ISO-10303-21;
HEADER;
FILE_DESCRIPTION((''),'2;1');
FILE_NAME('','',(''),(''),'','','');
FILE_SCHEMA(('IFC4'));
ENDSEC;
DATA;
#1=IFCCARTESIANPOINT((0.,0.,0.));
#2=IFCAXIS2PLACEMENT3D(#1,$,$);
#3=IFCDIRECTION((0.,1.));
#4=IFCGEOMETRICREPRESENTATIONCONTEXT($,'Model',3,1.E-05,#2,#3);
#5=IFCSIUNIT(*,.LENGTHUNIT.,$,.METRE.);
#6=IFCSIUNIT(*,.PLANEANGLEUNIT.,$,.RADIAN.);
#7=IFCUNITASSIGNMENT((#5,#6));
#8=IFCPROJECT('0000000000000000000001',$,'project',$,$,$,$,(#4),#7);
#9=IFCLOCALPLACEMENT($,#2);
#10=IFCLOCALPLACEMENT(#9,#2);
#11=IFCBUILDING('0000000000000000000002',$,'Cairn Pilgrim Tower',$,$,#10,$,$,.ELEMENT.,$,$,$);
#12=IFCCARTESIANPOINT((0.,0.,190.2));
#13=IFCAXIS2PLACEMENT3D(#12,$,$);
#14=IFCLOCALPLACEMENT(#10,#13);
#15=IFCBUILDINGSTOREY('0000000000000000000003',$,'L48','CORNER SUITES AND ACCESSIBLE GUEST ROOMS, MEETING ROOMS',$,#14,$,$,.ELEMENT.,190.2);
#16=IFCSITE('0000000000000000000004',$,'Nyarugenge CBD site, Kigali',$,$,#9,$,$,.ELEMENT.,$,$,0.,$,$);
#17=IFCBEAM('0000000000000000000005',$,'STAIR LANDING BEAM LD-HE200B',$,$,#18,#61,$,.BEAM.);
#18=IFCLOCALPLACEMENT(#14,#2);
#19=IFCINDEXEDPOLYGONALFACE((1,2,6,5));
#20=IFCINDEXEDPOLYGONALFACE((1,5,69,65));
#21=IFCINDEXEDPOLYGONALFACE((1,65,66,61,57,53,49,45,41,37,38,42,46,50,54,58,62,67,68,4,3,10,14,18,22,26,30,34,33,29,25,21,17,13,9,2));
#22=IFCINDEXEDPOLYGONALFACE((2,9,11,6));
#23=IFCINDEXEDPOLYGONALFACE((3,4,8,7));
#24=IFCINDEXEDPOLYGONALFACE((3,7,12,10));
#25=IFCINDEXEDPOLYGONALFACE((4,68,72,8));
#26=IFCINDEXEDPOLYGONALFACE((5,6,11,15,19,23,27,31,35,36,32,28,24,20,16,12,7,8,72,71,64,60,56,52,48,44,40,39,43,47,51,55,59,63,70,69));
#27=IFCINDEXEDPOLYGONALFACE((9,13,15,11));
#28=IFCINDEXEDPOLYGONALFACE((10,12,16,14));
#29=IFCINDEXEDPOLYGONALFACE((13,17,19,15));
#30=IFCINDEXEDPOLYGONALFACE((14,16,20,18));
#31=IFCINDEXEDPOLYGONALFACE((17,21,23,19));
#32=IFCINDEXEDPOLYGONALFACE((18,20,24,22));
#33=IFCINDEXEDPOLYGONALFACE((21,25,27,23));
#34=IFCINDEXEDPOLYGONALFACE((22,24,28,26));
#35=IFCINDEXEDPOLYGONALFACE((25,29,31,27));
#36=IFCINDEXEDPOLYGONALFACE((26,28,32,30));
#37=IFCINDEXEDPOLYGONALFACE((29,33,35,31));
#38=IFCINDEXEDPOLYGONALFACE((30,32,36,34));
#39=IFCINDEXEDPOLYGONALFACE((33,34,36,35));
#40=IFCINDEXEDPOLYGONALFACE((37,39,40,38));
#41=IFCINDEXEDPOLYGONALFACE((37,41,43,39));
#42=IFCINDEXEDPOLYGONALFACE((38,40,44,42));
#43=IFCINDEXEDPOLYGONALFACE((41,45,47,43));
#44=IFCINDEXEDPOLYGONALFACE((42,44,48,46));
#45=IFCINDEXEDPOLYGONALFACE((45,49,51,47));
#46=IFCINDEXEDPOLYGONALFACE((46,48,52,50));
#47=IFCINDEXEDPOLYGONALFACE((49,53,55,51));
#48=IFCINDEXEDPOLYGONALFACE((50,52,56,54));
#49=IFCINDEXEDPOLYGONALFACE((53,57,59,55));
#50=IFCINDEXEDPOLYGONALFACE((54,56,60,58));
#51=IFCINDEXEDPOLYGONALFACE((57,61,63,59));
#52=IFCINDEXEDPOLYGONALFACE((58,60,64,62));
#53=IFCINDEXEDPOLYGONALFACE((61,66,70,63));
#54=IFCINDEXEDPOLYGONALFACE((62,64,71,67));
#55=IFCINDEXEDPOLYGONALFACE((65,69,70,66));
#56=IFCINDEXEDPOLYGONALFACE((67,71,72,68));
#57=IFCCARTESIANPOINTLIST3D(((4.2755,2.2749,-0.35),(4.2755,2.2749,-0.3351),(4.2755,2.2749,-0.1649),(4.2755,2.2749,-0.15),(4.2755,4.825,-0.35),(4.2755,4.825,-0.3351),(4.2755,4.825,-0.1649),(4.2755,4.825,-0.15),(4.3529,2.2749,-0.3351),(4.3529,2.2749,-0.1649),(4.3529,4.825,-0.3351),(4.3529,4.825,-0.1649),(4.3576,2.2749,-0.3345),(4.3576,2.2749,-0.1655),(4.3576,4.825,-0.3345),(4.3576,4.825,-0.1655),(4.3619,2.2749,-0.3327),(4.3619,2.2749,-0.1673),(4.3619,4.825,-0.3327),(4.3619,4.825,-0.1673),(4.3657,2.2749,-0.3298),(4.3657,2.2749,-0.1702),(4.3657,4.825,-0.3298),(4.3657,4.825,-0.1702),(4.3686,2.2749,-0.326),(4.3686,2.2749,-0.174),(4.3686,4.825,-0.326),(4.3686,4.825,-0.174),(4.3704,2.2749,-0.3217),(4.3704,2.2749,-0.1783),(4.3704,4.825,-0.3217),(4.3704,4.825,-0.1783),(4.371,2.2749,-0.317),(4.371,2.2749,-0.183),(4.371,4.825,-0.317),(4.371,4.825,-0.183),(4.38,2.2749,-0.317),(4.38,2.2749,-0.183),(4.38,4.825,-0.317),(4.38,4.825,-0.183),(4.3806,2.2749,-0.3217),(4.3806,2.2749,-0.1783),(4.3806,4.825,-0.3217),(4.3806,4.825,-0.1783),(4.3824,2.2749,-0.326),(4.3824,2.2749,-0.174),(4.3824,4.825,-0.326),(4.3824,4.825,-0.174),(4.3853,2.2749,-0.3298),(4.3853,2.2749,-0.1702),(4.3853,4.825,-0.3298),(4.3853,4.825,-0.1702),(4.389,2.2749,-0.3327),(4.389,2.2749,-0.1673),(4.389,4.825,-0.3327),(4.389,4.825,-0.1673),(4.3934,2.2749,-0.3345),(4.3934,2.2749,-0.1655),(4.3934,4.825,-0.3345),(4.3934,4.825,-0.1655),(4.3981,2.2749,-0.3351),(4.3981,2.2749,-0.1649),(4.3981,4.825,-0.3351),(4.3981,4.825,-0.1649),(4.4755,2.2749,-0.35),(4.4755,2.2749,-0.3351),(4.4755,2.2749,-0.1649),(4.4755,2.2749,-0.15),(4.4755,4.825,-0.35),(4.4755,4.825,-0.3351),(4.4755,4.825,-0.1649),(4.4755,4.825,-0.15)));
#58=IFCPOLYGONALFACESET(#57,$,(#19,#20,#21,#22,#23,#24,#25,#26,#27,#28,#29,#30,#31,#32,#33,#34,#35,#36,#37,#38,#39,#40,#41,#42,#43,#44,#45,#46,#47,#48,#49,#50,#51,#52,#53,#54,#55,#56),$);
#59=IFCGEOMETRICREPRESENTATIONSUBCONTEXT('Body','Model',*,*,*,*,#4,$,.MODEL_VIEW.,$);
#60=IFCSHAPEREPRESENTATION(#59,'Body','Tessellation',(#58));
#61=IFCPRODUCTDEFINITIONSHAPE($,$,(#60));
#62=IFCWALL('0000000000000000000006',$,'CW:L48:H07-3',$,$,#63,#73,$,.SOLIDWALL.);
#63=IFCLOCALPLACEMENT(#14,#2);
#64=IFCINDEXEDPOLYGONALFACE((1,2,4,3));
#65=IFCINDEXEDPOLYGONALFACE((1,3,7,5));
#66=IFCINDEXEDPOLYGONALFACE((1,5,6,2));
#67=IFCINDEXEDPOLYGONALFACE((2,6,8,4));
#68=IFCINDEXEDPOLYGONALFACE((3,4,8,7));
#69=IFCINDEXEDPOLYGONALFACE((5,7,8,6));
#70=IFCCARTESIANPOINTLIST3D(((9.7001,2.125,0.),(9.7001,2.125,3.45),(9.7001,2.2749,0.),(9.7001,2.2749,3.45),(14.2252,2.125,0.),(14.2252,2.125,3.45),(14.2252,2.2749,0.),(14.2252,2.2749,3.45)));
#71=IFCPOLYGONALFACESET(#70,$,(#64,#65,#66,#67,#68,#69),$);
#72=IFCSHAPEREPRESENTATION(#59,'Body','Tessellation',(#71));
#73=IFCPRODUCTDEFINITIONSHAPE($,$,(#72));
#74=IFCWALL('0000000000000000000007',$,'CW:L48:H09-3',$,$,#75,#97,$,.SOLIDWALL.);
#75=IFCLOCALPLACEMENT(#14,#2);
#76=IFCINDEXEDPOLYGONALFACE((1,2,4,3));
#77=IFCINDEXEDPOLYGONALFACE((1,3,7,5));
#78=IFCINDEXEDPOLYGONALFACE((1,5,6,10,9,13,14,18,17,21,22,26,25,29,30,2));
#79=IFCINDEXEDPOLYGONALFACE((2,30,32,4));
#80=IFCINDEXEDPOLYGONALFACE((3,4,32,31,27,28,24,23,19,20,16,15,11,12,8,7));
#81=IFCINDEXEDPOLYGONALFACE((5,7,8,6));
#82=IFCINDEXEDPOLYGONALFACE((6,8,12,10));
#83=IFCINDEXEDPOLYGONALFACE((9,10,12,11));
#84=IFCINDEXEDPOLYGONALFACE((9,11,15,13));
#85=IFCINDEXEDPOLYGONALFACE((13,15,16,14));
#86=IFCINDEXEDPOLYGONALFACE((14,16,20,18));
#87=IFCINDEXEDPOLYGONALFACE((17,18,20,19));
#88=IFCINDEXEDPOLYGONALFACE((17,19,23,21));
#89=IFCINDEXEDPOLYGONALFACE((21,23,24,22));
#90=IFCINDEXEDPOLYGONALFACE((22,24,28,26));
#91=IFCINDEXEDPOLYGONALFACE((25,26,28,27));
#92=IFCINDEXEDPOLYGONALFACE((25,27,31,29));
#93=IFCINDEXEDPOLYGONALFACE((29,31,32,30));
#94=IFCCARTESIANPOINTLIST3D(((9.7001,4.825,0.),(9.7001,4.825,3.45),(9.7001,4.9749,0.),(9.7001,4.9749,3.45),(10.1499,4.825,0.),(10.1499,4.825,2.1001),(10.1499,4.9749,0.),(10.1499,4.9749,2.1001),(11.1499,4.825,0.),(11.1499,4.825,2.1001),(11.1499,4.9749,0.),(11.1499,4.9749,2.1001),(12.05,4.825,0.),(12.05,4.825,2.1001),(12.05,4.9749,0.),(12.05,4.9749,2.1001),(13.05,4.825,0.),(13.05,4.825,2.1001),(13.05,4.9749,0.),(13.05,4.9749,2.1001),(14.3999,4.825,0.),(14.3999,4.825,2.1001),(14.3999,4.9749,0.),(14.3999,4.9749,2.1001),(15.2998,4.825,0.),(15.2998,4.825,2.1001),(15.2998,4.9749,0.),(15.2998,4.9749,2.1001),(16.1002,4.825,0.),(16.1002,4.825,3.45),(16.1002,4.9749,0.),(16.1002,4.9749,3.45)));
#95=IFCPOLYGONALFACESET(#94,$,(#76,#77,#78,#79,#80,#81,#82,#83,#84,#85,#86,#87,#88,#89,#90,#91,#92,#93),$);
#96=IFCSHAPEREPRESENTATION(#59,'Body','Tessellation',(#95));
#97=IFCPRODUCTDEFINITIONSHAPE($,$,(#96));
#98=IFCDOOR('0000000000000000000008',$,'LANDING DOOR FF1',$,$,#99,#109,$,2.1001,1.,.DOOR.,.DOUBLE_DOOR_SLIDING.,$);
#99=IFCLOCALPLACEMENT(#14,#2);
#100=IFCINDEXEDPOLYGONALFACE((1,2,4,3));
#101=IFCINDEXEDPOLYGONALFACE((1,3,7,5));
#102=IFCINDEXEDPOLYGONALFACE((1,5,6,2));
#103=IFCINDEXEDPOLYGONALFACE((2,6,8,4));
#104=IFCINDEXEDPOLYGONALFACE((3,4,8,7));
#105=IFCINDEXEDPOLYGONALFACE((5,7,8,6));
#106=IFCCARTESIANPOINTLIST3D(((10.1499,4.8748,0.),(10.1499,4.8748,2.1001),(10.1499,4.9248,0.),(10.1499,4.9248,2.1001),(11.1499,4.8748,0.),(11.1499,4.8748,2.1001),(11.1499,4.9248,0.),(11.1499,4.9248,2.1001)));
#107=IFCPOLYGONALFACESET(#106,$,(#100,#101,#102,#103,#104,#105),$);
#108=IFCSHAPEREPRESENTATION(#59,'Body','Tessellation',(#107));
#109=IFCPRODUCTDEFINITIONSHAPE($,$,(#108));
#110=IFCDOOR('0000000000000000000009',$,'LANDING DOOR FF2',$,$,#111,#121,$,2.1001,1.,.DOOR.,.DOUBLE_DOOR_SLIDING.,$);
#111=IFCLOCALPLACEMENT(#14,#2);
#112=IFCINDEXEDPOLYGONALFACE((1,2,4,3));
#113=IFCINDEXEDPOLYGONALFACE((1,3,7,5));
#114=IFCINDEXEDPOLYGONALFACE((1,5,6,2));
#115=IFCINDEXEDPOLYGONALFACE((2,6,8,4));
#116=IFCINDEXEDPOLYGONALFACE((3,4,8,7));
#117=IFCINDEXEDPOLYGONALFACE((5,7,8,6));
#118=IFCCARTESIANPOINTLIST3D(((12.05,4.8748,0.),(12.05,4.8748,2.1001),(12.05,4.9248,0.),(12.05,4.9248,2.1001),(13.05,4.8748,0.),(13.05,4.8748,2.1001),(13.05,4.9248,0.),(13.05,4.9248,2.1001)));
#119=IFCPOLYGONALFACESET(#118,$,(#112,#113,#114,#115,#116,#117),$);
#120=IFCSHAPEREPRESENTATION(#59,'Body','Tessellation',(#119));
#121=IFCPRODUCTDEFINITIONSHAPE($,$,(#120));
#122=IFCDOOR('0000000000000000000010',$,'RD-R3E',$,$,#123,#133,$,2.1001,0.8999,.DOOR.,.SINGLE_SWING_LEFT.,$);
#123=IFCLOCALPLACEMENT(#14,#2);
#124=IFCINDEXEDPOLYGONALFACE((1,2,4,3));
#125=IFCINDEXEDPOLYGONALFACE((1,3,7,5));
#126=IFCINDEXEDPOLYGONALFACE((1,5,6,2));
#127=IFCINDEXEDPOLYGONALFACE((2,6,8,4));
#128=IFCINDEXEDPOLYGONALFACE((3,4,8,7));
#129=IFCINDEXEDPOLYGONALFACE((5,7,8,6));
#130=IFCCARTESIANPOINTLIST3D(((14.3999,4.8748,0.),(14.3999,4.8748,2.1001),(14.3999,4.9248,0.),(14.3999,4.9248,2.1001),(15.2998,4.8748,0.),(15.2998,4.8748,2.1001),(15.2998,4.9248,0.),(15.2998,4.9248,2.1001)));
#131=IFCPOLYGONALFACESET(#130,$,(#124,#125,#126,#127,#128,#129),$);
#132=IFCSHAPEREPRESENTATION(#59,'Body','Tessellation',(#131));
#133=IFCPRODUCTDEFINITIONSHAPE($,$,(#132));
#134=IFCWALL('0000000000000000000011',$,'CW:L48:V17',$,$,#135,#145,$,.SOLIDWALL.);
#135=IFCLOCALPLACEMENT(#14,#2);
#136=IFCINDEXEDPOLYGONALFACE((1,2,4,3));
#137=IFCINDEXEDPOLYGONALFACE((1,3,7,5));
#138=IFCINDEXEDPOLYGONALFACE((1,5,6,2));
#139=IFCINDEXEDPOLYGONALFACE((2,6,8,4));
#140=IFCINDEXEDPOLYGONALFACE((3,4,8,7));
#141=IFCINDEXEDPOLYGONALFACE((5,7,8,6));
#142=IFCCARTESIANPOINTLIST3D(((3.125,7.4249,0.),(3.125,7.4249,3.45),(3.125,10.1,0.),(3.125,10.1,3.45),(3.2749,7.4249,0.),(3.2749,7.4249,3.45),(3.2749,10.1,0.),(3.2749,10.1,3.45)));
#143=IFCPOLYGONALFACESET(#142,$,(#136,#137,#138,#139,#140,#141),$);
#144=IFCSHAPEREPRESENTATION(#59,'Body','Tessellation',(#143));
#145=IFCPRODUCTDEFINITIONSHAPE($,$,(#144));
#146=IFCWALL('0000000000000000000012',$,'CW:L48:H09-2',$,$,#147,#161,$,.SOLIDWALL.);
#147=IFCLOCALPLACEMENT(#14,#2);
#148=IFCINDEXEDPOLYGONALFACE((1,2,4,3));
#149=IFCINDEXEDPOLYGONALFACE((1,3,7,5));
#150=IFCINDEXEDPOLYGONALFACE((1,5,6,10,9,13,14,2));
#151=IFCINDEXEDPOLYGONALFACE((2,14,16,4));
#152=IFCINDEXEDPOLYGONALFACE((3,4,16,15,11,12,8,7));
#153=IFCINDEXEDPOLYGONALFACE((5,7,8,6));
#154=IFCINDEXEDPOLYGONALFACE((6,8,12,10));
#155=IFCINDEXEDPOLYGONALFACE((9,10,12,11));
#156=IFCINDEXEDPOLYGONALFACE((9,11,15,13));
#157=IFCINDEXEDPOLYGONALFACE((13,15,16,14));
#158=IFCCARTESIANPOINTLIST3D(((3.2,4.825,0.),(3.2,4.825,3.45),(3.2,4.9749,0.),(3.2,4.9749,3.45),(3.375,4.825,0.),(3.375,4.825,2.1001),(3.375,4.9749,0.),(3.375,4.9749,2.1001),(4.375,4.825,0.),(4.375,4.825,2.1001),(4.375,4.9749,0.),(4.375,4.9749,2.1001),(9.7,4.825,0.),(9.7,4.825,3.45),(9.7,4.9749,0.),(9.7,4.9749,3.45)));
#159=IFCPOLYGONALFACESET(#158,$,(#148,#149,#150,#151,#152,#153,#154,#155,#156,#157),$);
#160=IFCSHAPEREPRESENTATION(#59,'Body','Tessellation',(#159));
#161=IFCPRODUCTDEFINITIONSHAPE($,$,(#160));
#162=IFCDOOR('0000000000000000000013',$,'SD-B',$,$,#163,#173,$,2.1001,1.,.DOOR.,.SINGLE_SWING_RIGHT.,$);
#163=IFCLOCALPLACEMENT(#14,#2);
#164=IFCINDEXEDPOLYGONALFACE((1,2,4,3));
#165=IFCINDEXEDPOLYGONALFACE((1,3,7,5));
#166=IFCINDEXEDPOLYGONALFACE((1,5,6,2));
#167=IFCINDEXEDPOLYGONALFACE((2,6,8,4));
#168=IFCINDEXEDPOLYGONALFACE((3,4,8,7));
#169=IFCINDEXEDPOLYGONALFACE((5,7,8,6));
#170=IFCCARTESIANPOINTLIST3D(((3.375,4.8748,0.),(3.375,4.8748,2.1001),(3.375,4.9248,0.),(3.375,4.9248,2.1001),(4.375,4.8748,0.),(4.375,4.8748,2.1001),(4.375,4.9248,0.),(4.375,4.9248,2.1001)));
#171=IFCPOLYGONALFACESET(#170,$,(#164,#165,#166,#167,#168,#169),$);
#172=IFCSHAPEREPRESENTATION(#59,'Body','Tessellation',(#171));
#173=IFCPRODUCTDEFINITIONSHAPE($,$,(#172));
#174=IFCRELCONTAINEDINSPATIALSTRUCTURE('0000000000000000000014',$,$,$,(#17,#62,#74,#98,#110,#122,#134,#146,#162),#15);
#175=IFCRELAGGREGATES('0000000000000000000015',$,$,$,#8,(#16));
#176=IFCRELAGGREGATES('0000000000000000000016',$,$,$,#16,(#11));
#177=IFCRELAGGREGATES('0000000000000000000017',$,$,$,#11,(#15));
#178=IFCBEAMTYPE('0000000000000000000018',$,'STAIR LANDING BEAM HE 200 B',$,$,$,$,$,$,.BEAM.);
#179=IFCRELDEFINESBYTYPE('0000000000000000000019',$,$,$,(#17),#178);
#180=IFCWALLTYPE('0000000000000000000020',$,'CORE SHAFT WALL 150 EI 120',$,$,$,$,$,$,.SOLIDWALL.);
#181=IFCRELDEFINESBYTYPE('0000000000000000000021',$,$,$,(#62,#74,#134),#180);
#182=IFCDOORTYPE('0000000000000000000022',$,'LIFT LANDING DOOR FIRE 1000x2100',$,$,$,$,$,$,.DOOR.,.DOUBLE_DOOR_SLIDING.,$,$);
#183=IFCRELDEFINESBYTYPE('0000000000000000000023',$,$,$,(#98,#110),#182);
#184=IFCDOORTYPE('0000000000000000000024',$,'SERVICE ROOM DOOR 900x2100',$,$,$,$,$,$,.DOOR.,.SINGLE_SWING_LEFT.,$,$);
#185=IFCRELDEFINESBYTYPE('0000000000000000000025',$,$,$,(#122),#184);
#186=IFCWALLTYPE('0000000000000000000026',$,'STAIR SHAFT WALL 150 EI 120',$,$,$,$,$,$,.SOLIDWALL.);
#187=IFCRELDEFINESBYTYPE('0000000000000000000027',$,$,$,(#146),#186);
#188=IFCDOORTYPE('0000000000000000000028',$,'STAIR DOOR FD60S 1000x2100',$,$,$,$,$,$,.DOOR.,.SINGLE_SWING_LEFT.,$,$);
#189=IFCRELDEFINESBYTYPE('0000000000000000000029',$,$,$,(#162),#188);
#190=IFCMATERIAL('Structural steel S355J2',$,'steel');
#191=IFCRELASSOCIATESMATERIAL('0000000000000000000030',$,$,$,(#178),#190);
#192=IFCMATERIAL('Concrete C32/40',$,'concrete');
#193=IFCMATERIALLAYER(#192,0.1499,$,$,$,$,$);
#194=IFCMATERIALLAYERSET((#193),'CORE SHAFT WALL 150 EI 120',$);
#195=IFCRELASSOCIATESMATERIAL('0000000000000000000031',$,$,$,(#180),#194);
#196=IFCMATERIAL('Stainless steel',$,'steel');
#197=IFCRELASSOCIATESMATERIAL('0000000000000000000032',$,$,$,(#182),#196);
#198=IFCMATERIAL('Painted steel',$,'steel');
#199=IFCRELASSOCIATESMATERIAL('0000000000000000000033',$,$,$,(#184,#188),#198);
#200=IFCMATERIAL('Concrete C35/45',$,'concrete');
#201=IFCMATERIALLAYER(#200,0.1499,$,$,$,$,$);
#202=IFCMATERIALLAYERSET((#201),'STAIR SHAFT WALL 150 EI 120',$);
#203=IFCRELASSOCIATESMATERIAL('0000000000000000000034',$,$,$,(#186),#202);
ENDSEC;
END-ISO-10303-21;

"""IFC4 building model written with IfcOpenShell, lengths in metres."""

from ifc_helpers import new_model, si_unit, direction, frame, frame_2d, origin, origin_2d, place, context, subcontext, project, spatial, rectangle, i_section, extrude, material, layer, layer_set, material_profile, profile_set, type_object, element, fill, save


model = new_model("IFC4")

# Units and contexts
model_context = context("Model", 3, precision=1e-05, world=origin(), true_north=direction((0.0, 1.0)))
body_context = subcontext(model_context, "Body", "Model", "MODEL_VIEW")
ifc_project = project(units=[si_unit("LENGTHUNIT", "METRE"), si_unit("PLANEANGLEUNIT", "RADIAN")], contexts=[model_context])

# Site, building, storey
site_placement = place(None, origin())
site = spatial("IfcSite", under=ifc_project, at=site_placement, Name="Nyarugenge CBD site, Kigali", CompositionType="ELEMENT", RefElevation=0.0)
building_placement = place(site_placement, origin())
building = spatial("IfcBuilding", under=site, at=building_placement, Name="Cairn Pilgrim Tower", CompositionType="ELEMENT")
storey_placement = place(building_placement, frame((0.0, 0.0, 190.2)))
storey = spatial("IfcBuildingStorey", under=building, at=storey_placement, Name="L48", Description="CORNER SUITES AND ACCESSIBLE GUEST ROOMS, MEETING ROOMS", CompositionType="ELEMENT", Elevation=190.2)

# Beam
ifc_material_1 = material(Name="Structural steel S355J2", Category="steel")
ifc_material_profile = material_profile(ifc_material_1, i_section(OverallWidth=0.2, OverallDepth=0.2, WebThickness=0.009, FlangeThickness=0.0149, FilletRadius=0.0181, at=origin_2d()), Name="HE 200 B")
ifc_profile_set = profile_set([ifc_material_profile], Name="Structural steel S355J2")
beam_type = type_object("IfcBeamType", Name="STAIR LANDING BEAM HE 200 B", PredefinedType="BEAM", material=ifc_profile_set)
beam_placement = place(storey_placement, frame((4.3755, 2.2749, -0.25), z_axis=(0.0, 1.0, 0.0), x_axis=(-1.0, 0.0, 0.0)))
element("IfcBeam", 1, at=beam_placement, inside=storey, type_object=beam_type, Name="STAIR LANDING BEAM LD-HE200B", PredefinedType="BEAM", context=body_context, shape_type="SweptSolid", body=[
    extrude(i_section(OverallWidth=0.2, OverallDepth=0.2, WebThickness=0.009, FlangeThickness=0.0149, FilletRadius=0.0181, at=origin_2d()), origin(), (0.0, 0.0, 1.0), 2.55),
])

# Wall
ifc_material_2 = material(Name="Concrete C32/40", Category="concrete")
ifc_layer_1 = layer(ifc_material_2, 0.1499)
ifc_layer_set_1 = layer_set([ifc_layer_1], Name="CORE SHAFT WALL 150 EI 120")
wall_type_1 = type_object("IfcWallType", Name="CORE SHAFT WALL 150 EI 120", PredefinedType="SOLIDWALL", material=ifc_layer_set_1)
wall_1_placement = place(storey_placement, frame((9.7, 2.2, 0.0), z_axis=(0.0, 0.0, 1.0), x_axis=(1.0, 0.0, 0.0)))
element("IfcWall", 2, at=wall_1_placement, inside=storey, type_object=wall_type_1, Name="CW:L48:H07-3", PredefinedType="SOLIDWALL", context=body_context, shape_type="SweptSolid", body=[
    extrude(rectangle(XDim=4.5251, YDim=0.1499, at=frame_2d((2.2627, 0.0))), origin(), (0.0, 0.0, 1.0), 3.45),
])

# Wall, openings, doors
wall_2_placement = place(storey_placement, frame((9.7, 4.8999, 0.0), z_axis=(0.0, 0.0, 1.0), x_axis=(1.0, 0.0, 0.0)))
wall_2 = element("IfcWall", 3, at=wall_2_placement, inside=storey, type_object=wall_type_1, Name="CW:L48:H09-3", PredefinedType="SOLIDWALL", context=body_context, shape_type="SweptSolid", body=[
    extrude(rectangle(XDim=6.4001, YDim=0.1499, at=frame_2d((3.2002, 0.0))), origin(), (0.0, 0.0, 1.0), 3.45),
])
opening_1_placement = place(wall_2_placement, frame((0.45, 0.0, 0.0)))
opening_1 = element("IfcOpeningElement", 4, at=opening_1_placement, cuts=wall_2, PredefinedType="OPENING", context=body_context, shape_type="SweptSolid", body=[
    extrude(rectangle(XDim=1.0, YDim=2.1001, at=frame_2d((0.5, 1.05))), frame((0.0, 0.085, 0.0), z_axis=(0.0, -1.0, 0.0), x_axis=(1.0, 0.0, 0.0)), (0.0, 0.0, 1.0), 0.1699),
])
opening_2_placement = place(wall_2_placement, frame((2.3501, 0.0, 0.0)))
opening_2 = element("IfcOpeningElement", 5, at=opening_2_placement, cuts=wall_2, PredefinedType="OPENING", context=body_context, shape_type="SweptSolid", body=[
    extrude(rectangle(XDim=1.0, YDim=2.1001, at=frame_2d((0.5, 1.05))), frame((0.0, 0.085, 0.0), z_axis=(0.0, -1.0, 0.0), x_axis=(1.0, 0.0, 0.0)), (0.0, 0.0, 1.0), 0.1699),
])
opening_3_placement = place(wall_2_placement, frame((4.7, 0.0, 0.0)))
opening_3 = element("IfcOpeningElement", 6, at=opening_3_placement, cuts=wall_2, PredefinedType="OPENING", context=body_context, shape_type="SweptSolid", body=[
    extrude(rectangle(XDim=0.8999, YDim=2.1001, at=frame_2d((0.45, 1.05))), frame((0.0, 0.085, 0.0), z_axis=(0.0, -1.0, 0.0), x_axis=(1.0, 0.0, 0.0)), (0.0, 0.0, 1.0), 0.1699),
])
ifc_material_3 = material(Name="Stainless steel", Category="steel")
door_type_1 = type_object("IfcDoorType", Name="LIFT LANDING DOOR FIRE 1000x2100", OperationType="DOUBLE_DOOR_SLIDING", PredefinedType="DOOR", material=ifc_material_3)
door_1_placement = place(opening_1_placement, origin())
door_1 = element("IfcDoor", 7, at=door_1_placement, inside=storey, type_object=door_type_1, Name="LANDING DOOR FF1", OperationType="DOUBLE_DOOR_SLIDING", OverallHeight=2.1001, OverallWidth=1.0, PredefinedType="DOOR", context=body_context, shape_type="SweptSolid", body=[
    extrude(rectangle(XDim=1.0, YDim=2.1001, at=frame_2d((0.5, 1.05))), frame((0.0, 0.0249, 0.0), z_axis=(0.0, -1.0, 0.0), x_axis=(1.0, 0.0, 0.0)), (0.0, 0.0, 1.0), 0.05),
])
fill(opening_1, door_1)
door_2_placement = place(opening_2_placement, origin())
door_2 = element("IfcDoor", 8, at=door_2_placement, inside=storey, type_object=door_type_1, Name="LANDING DOOR FF2", OperationType="DOUBLE_DOOR_SLIDING", OverallHeight=2.1001, OverallWidth=1.0, PredefinedType="DOOR", context=body_context, shape_type="SweptSolid", body=[
    extrude(rectangle(XDim=1.0, YDim=2.1001, at=frame_2d((0.5, 1.05))), frame((0.0, 0.0249, 0.0), z_axis=(0.0, -1.0, 0.0), x_axis=(1.0, 0.0, 0.0)), (0.0, 0.0, 1.0), 0.05),
])
fill(opening_2, door_2)
ifc_material_4 = material(Name="Painted steel", Category="steel")
door_type_2 = type_object("IfcDoorType", Name="SERVICE ROOM DOOR 900x2100", OperationType="SINGLE_SWING_LEFT", PredefinedType="DOOR", material=ifc_material_4)
door_3_placement = place(opening_3_placement, origin())
door_3 = element("IfcDoor", 9, at=door_3_placement, inside=storey, type_object=door_type_2, Name="RD-R3E", OperationType="SINGLE_SWING_LEFT", OverallHeight=2.1001, OverallWidth=0.8999, PredefinedType="DOOR", context=body_context, shape_type="SweptSolid", body=[
    extrude(rectangle(XDim=0.8999, YDim=2.1001, at=frame_2d((0.45, 1.05))), frame((0.0, 0.0249, 0.0), z_axis=(0.0, -1.0, 0.0), x_axis=(1.0, 0.0, 0.0)), (0.0, 0.0, 1.0), 0.05),
])
fill(opening_3, door_3)

# Wall
wall_3_placement = place(storey_placement, frame((3.2, 7.425, 0.0), z_axis=(0.0, 0.0, 1.0), x_axis=(0.0, 1.0, 0.0)))
element("IfcWall", 10, at=wall_3_placement, inside=storey, type_object=wall_type_1, Name="CW:L48:V17", PredefinedType="SOLIDWALL", context=body_context, shape_type="SweptSolid", body=[
    extrude(rectangle(XDim=2.675, YDim=0.1499, at=frame_2d((1.3374, 0.0))), origin(), (0.0, 0.0, 1.0), 3.45),
])

# Wall, opening, door
ifc_material_5 = material(Name="Concrete C35/45", Category="concrete")
ifc_layer_2 = layer(ifc_material_5, 0.1499)
ifc_layer_set_2 = layer_set([ifc_layer_2], Name="STAIR SHAFT WALL 150 EI 120")
wall_type_2 = type_object("IfcWallType", Name="STAIR SHAFT WALL 150 EI 120", PredefinedType="SOLIDWALL", material=ifc_layer_set_2)
wall_4_placement = place(storey_placement, frame((3.2, 4.8999, 0.0), z_axis=(0.0, 0.0, 1.0), x_axis=(1.0, 0.0, 0.0)))
wall_4 = element("IfcWall", 11, at=wall_4_placement, inside=storey, type_object=wall_type_2, Name="CW:L48:H09-2", PredefinedType="SOLIDWALL", context=body_context, shape_type="SweptSolid", body=[
    extrude(rectangle(XDim=6.5, YDim=0.1499, at=frame_2d((3.25, 0.0))), origin(), (0.0, 0.0, 1.0), 3.45),
])
opening_4_placement = place(wall_4_placement, frame((0.175, 0.0, 0.0)))
opening_4 = element("IfcOpeningElement", 12, at=opening_4_placement, cuts=wall_4, PredefinedType="OPENING", context=body_context, shape_type="SweptSolid", body=[
    extrude(rectangle(XDim=1.0, YDim=2.1001, at=frame_2d((0.5, 1.05))), frame((0.0, 0.085, 0.0), z_axis=(0.0, -1.0, 0.0), x_axis=(1.0, 0.0, 0.0)), (0.0, 0.0, 1.0), 0.1699),
])
door_type_3 = type_object("IfcDoorType", Name="STAIR DOOR FD60S 1000x2100", OperationType="SINGLE_SWING_LEFT", PredefinedType="DOOR", material=ifc_material_4)
door_4_placement = place(opening_4_placement, origin())
door_4 = element("IfcDoor", 13, at=door_4_placement, inside=storey, type_object=door_type_3, Name="SD-B", OperationType="SINGLE_SWING_RIGHT", OverallHeight=2.1001, OverallWidth=1.0, PredefinedType="DOOR", context=body_context, shape_type="SweptSolid", body=[
    extrude(rectangle(XDim=1.0, YDim=2.1001, at=frame_2d((0.5, 1.05))), frame((0.0, 0.0249, 0.0), z_axis=(0.0, -1.0, 0.0), x_axis=(1.0, 0.0, 0.0)), (0.0, 0.0, 1.0), 0.05),
])
fill(opening_4, door_4)

save(model, "model.ifc")
